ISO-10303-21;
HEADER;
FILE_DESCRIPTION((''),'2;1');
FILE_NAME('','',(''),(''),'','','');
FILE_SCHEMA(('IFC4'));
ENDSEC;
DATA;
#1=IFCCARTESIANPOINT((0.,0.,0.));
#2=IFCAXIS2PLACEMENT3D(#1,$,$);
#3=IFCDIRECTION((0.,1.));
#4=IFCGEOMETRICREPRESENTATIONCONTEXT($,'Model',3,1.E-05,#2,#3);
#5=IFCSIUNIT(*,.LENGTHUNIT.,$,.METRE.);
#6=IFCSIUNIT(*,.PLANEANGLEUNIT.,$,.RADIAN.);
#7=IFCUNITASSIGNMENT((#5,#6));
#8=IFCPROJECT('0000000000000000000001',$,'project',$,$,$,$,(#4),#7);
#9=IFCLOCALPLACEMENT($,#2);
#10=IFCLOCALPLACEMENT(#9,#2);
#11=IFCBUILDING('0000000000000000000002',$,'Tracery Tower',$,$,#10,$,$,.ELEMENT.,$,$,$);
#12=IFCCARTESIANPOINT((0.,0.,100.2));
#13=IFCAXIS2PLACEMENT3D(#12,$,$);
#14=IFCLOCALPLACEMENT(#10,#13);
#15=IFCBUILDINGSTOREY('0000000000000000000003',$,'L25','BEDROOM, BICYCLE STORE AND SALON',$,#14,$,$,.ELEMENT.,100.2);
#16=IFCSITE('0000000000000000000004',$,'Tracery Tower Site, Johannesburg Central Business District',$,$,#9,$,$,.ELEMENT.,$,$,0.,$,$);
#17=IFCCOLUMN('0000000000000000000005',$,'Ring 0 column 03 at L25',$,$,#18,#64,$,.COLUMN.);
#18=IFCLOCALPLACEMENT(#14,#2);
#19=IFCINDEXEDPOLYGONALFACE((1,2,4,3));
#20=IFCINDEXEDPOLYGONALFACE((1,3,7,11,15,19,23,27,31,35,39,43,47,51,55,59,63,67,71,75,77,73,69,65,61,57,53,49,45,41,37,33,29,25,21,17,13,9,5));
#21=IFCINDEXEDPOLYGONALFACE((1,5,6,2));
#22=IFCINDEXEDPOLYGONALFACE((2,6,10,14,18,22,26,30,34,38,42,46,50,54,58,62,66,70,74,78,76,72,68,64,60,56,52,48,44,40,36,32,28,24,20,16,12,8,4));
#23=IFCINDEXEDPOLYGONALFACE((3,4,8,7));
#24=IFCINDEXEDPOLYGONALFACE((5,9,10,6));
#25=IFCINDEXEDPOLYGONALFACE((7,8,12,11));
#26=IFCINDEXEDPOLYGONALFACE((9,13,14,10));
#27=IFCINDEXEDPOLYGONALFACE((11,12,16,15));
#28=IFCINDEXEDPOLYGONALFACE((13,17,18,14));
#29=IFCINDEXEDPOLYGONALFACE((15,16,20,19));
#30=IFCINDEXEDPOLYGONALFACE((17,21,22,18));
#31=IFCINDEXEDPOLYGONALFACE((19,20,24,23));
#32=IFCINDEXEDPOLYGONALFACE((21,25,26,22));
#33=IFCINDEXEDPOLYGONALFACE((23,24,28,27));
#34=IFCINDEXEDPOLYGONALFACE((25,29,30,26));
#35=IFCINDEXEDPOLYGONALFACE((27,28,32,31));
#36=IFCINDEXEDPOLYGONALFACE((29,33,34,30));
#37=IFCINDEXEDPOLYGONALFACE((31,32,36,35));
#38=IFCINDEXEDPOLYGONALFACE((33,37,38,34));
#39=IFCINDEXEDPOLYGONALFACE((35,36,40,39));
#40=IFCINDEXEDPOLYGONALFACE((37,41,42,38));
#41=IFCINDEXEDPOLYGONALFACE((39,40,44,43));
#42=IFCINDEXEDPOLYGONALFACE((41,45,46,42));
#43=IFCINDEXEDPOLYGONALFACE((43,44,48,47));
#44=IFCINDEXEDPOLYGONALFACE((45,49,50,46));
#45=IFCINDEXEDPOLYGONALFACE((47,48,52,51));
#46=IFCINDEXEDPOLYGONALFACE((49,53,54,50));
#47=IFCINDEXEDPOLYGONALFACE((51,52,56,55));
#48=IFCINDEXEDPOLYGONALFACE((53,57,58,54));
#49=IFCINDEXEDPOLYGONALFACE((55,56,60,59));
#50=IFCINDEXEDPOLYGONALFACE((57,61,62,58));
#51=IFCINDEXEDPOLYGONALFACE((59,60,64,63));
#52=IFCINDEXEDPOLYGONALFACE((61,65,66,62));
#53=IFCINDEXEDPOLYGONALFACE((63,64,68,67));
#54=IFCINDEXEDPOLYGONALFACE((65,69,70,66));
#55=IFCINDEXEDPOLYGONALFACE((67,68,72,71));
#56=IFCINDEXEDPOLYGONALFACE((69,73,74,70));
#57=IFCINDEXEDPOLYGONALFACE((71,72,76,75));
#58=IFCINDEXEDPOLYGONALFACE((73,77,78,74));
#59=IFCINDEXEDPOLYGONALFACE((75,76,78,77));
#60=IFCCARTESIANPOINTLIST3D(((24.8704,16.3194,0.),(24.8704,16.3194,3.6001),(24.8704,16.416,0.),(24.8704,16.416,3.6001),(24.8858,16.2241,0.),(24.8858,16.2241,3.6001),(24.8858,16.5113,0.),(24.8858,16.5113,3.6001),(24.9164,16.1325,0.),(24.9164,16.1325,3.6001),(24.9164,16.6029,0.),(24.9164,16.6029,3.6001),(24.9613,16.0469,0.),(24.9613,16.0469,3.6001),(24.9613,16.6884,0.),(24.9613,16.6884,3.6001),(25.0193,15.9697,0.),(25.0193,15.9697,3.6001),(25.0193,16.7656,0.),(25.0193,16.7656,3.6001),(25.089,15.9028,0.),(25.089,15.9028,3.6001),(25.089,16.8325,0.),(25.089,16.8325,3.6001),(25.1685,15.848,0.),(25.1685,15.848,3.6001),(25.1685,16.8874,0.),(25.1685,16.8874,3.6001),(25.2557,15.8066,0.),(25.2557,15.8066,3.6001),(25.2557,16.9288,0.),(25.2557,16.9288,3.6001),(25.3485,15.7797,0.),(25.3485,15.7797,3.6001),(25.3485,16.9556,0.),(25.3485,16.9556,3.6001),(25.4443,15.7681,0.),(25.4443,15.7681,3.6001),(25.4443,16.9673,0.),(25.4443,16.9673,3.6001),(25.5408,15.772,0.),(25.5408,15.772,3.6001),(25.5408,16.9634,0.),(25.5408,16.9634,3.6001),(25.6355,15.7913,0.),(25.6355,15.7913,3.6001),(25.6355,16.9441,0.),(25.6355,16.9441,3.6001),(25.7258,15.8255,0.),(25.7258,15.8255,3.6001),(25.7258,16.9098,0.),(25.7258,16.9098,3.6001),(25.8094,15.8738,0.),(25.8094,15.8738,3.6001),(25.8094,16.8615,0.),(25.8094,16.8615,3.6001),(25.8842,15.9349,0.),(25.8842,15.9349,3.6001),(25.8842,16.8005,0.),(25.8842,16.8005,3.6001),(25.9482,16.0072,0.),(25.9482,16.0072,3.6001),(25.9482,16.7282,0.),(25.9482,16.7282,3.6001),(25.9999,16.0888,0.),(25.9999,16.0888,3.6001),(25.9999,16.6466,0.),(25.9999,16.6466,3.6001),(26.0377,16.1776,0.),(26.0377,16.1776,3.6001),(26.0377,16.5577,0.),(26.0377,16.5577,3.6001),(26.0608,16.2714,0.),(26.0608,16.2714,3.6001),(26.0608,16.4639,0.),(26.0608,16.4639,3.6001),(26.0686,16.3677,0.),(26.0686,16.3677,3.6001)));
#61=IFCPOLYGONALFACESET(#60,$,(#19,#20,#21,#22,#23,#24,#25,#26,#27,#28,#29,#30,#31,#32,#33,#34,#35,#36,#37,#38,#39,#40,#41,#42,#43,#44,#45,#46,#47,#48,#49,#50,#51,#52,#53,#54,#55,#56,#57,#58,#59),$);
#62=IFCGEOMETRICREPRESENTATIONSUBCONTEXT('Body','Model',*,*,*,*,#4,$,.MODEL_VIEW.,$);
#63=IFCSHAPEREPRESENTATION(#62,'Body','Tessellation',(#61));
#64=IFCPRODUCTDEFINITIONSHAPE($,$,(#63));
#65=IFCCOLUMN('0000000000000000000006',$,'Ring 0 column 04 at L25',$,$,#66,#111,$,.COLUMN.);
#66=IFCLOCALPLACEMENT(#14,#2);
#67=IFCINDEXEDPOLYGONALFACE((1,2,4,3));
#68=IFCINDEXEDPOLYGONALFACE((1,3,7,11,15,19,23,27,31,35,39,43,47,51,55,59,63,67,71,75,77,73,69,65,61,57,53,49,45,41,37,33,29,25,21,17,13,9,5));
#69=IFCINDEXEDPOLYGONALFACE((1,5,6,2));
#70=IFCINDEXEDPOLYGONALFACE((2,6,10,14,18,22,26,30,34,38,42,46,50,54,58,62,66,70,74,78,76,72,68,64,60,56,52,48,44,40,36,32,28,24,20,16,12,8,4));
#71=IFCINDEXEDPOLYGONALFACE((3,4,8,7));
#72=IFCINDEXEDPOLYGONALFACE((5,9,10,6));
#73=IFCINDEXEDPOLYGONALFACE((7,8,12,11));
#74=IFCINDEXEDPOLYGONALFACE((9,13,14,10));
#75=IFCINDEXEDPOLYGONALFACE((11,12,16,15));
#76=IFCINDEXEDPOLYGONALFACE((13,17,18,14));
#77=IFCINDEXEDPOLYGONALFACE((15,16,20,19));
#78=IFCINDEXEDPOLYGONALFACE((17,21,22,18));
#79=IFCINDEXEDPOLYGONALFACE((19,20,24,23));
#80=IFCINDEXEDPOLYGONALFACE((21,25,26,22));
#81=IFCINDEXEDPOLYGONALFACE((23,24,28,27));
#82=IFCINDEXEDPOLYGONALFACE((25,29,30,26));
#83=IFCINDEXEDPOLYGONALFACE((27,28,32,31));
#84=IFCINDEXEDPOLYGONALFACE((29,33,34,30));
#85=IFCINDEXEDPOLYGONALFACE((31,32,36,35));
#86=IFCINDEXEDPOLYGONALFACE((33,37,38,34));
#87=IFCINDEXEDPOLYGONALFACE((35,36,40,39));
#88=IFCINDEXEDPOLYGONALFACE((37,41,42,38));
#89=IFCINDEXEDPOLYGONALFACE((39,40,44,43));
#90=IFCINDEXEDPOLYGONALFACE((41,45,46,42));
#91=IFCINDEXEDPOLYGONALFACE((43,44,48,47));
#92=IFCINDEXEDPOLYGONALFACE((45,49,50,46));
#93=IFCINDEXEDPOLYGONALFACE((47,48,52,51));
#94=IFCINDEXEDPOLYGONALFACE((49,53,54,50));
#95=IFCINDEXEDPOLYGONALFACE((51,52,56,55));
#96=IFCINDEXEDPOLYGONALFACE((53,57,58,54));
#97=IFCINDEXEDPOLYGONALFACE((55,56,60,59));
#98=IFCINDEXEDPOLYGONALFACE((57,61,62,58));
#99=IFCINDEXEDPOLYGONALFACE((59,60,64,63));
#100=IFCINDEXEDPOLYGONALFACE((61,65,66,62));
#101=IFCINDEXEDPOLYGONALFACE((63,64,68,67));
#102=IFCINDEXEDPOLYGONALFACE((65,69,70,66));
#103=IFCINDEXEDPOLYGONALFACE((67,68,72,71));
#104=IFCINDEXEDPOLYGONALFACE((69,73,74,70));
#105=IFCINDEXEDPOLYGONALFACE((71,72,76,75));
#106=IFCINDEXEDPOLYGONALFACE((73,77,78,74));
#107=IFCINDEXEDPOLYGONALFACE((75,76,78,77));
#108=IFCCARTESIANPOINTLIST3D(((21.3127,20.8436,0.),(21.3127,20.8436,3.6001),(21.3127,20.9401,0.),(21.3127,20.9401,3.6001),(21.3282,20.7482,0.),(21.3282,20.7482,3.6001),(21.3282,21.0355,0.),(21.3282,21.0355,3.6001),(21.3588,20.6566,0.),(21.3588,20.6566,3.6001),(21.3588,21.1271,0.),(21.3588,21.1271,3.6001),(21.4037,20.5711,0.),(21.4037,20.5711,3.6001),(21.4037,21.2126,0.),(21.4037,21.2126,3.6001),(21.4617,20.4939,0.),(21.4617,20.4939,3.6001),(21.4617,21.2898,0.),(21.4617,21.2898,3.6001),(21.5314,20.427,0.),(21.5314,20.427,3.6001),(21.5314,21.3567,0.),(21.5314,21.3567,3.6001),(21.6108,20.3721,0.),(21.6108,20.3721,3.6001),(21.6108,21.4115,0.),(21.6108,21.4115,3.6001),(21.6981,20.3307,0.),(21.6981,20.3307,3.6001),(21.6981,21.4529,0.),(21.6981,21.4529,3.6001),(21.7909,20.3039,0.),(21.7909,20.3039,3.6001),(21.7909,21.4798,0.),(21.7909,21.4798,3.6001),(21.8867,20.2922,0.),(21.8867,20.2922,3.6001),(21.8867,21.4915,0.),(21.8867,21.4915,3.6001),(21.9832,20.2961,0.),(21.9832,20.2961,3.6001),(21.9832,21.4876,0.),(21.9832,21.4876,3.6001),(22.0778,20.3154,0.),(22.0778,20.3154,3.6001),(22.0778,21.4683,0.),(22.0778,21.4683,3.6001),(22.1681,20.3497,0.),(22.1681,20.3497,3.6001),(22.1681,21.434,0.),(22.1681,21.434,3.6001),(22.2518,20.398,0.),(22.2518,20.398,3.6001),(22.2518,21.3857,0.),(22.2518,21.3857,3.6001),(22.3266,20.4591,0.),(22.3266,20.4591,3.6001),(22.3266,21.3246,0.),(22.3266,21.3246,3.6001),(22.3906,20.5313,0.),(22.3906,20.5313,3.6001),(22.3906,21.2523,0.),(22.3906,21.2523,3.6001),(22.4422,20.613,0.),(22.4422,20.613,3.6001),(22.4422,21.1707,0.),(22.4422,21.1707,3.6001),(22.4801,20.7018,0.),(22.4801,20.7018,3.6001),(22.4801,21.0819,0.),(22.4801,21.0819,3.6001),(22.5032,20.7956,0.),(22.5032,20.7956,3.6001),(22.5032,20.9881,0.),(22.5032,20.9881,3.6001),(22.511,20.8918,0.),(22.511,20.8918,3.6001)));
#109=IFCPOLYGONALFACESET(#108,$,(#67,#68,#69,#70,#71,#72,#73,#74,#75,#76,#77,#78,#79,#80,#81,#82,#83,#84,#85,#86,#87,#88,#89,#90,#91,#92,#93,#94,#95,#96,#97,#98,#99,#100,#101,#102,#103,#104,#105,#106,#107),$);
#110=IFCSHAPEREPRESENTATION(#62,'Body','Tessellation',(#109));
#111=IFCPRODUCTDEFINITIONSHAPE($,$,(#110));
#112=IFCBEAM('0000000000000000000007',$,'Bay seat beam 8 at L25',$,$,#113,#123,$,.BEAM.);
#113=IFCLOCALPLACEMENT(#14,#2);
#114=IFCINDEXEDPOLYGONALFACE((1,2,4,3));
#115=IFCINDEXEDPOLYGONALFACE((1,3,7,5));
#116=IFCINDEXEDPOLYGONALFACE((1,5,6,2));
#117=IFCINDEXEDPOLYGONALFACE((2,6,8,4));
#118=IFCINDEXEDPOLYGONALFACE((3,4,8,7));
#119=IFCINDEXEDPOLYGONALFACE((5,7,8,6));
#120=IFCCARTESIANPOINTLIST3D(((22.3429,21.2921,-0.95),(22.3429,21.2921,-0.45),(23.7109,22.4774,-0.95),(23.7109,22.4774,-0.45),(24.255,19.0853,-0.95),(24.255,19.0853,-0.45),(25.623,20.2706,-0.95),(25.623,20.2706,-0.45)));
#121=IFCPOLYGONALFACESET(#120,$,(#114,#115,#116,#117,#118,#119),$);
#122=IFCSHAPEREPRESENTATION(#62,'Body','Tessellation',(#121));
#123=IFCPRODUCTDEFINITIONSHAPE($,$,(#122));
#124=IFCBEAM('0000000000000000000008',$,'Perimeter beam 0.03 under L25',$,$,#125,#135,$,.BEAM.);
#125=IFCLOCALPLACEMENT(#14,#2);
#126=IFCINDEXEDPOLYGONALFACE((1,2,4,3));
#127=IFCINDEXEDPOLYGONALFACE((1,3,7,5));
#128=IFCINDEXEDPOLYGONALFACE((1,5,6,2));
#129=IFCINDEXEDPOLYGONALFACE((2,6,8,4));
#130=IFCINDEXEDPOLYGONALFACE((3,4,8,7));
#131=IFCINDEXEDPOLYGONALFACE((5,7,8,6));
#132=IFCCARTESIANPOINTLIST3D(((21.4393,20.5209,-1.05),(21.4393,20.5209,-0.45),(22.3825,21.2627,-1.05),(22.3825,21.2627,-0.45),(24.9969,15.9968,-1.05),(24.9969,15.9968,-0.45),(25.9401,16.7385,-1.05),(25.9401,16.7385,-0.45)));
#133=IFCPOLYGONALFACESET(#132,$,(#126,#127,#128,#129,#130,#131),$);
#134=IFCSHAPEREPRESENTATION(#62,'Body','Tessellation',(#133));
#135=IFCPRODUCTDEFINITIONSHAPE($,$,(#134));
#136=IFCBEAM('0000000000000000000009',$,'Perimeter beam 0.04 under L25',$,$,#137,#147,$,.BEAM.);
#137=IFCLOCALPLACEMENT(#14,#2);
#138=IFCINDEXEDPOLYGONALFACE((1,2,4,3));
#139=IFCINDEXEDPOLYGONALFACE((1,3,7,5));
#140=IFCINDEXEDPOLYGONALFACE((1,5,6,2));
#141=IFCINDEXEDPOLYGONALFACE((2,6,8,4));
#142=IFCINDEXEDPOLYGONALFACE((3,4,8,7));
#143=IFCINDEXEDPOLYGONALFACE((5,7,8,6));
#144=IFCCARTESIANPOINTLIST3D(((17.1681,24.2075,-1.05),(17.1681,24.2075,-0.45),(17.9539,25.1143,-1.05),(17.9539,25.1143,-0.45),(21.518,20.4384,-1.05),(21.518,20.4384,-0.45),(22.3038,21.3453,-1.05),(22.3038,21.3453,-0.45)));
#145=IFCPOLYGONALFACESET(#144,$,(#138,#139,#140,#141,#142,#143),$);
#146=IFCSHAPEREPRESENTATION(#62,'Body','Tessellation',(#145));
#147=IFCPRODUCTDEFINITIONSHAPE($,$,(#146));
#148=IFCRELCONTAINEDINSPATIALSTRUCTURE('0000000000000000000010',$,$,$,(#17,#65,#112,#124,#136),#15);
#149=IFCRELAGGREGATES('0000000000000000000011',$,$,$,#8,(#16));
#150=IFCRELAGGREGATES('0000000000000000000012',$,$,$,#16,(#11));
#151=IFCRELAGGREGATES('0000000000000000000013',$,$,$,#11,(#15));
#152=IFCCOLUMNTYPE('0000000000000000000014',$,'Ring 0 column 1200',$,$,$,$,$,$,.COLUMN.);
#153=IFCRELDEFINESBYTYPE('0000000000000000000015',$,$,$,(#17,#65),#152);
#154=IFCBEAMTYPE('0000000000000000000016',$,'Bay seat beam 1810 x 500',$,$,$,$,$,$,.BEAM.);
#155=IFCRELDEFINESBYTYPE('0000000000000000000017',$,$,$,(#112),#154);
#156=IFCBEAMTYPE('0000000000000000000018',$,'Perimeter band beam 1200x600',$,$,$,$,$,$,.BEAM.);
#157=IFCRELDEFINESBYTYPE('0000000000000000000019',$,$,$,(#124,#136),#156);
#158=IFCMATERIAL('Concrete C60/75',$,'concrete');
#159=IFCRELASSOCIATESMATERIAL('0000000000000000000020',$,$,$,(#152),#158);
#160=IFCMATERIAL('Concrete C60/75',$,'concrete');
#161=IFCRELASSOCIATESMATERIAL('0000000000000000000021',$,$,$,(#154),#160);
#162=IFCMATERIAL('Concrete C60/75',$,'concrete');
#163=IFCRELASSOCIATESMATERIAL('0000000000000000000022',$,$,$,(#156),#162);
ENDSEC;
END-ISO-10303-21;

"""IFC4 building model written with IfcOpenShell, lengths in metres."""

from ifc_helpers import new_model, si_unit, direction, frame, origin, origin_2d, place, context, subcontext, project, spatial, rectangle, circle, extrude, material, material_profile, profile_set, type_object, element, save


model = new_model("IFC4")

# Units and contexts
model_context = context("Model", 3, precision=1e-05, world=origin(), true_north=direction((0.0, 1.0)))
body_context = subcontext(model_context, "Body", "Model", "MODEL_VIEW")
ifc_project = project(units=[si_unit("LENGTHUNIT", "METRE"), si_unit("PLANEANGLEUNIT", "RADIAN")], contexts=[model_context])

# Site, building, storey
site_placement = place(None, origin())
site = spatial("IfcSite", under=ifc_project, at=site_placement, Name="Tracery Tower Site, Johannesburg Central Business District", CompositionType="ELEMENT", RefElevation=0.0)
building_placement = place(site_placement, origin())
building = spatial("IfcBuilding", under=site, at=building_placement, Name="Tracery Tower", CompositionType="ELEMENT")
storey_placement = place(building_placement, frame((0.0, 0.0, 100.2)))
storey = spatial("IfcBuildingStorey", under=building, at=storey_placement, Name="L25", Description="BEDROOM, BICYCLE STORE AND SALON", CompositionType="ELEMENT", Elevation=100.2)

# Columns
ifc_material_1 = material(Name="Concrete C60/75", Category="concrete")
ifc_material_profile_1 = material_profile(ifc_material_1, circle(Radius=0.6001, at=origin_2d()), Name="RC D1200")
ifc_profile_set_1 = profile_set([ifc_material_profile_1], Name="Concrete C60/75")
column_type = type_object("IfcColumnType", Name="Ring 0 column 1200", PredefinedType="COLUMN", material=ifc_profile_set_1)
for number, where, z_axis, x_axis, name in (
    (1, (25.4685, 16.3677, 0.0), (0.0, 0.0, 1.0), (1.0, 0.0, 0.0), "Ring 0 column 03 at L25"),
    (2, (21.9109, 20.8918, 0.0), (0.0, 0.0, 1.0), (1.0, 0.0, 0.0), "Ring 0 column 04 at L25"),
):
    element("IfcColumn", number, at=place(storey_placement, frame(where, z_axis=z_axis, x_axis=x_axis)), inside=storey, type_object=column_type, Name=name, PredefinedType="COLUMN", context=body_context, shape_type="SweptSolid", body=[
        extrude(circle(Radius=0.6001, at=origin_2d()), origin(), (0.0, 0.0, 1.0), 3.6001),
    ])

# Beams
ifc_material_2 = material(Name="Concrete C60/75", Category="concrete")
ifc_material_profile_2 = material_profile(ifc_material_2, rectangle(XDim=1.8101, YDim=0.5, at=origin_2d()), Name="RC 1810x500")
ifc_profile_set_2 = profile_set([ifc_material_profile_2], Name="Concrete C60/75")
beam_type_1 = type_object("IfcBeamType", Name="Bay seat beam 1810 x 500", PredefinedType="BEAM", material=ifc_profile_set_2)
beam_1_placement = place(storey_placement, frame((24.939, 19.678, -0.7), z_axis=(-0.654845, 0.755764, 0.0), x_axis=(-0.755764, -0.654845, 0.0)))
element("IfcBeam", 3, at=beam_1_placement, inside=storey, type_object=beam_type_1, Name="Bay seat beam 8 at L25", PredefinedType="BEAM", context=body_context, shape_type="SweptSolid", body=[
    extrude(rectangle(XDim=1.8101, YDim=0.5, at=origin_2d()), origin(), (0.0, 0.0, 1.0), 2.9199),
])
ifc_material_3 = material(Name="Concrete C60/75", Category="concrete")
ifc_material_profile_3 = material_profile(ifc_material_3, rectangle(XDim=1.2, YDim=0.6001, at=origin_2d()), Name="RC 1200x600")
ifc_profile_set_3 = profile_set([ifc_material_profile_3], Name="Concrete C60/75")
beam_type_2 = type_object("IfcBeamType", Name="Perimeter band beam 1200x600", PredefinedType="BEAM", material=ifc_profile_set_3)
beam_2_placement = place(storey_placement, frame((25.4685, 16.3677, -0.75), z_axis=(-0.618134, 0.786072, 0.0), x_axis=(-0.786072, -0.618134, 0.0)))
element("IfcBeam", 4, at=beam_2_placement, inside=storey, type_object=beam_type_2, Name="Perimeter beam 0.03 under L25", PredefinedType="BEAM", context=body_context, shape_type="SweptSolid", body=[
    extrude(rectangle(XDim=1.2, YDim=0.6001, at=origin_2d()), origin(), (0.0, 0.0, 1.0), 5.7554),
])
beam_3_placement = place(storey_placement, frame((21.9109, 20.8918, -0.75), z_axis=(-0.75576, 0.654848, 0.0), x_axis=(-0.654848, -0.75576, 0.0)))
element("IfcBeam", 5, at=beam_3_placement, inside=storey, type_object=beam_type_2, Name="Perimeter beam 0.04 under L25", PredefinedType="BEAM", context=body_context, shape_type="SweptSolid", body=[
    extrude(rectangle(XDim=1.2, YDim=0.6001, at=origin_2d()), origin(), (0.0, 0.0, 1.0), 5.7556),
])

save(model, "model.ifc")
